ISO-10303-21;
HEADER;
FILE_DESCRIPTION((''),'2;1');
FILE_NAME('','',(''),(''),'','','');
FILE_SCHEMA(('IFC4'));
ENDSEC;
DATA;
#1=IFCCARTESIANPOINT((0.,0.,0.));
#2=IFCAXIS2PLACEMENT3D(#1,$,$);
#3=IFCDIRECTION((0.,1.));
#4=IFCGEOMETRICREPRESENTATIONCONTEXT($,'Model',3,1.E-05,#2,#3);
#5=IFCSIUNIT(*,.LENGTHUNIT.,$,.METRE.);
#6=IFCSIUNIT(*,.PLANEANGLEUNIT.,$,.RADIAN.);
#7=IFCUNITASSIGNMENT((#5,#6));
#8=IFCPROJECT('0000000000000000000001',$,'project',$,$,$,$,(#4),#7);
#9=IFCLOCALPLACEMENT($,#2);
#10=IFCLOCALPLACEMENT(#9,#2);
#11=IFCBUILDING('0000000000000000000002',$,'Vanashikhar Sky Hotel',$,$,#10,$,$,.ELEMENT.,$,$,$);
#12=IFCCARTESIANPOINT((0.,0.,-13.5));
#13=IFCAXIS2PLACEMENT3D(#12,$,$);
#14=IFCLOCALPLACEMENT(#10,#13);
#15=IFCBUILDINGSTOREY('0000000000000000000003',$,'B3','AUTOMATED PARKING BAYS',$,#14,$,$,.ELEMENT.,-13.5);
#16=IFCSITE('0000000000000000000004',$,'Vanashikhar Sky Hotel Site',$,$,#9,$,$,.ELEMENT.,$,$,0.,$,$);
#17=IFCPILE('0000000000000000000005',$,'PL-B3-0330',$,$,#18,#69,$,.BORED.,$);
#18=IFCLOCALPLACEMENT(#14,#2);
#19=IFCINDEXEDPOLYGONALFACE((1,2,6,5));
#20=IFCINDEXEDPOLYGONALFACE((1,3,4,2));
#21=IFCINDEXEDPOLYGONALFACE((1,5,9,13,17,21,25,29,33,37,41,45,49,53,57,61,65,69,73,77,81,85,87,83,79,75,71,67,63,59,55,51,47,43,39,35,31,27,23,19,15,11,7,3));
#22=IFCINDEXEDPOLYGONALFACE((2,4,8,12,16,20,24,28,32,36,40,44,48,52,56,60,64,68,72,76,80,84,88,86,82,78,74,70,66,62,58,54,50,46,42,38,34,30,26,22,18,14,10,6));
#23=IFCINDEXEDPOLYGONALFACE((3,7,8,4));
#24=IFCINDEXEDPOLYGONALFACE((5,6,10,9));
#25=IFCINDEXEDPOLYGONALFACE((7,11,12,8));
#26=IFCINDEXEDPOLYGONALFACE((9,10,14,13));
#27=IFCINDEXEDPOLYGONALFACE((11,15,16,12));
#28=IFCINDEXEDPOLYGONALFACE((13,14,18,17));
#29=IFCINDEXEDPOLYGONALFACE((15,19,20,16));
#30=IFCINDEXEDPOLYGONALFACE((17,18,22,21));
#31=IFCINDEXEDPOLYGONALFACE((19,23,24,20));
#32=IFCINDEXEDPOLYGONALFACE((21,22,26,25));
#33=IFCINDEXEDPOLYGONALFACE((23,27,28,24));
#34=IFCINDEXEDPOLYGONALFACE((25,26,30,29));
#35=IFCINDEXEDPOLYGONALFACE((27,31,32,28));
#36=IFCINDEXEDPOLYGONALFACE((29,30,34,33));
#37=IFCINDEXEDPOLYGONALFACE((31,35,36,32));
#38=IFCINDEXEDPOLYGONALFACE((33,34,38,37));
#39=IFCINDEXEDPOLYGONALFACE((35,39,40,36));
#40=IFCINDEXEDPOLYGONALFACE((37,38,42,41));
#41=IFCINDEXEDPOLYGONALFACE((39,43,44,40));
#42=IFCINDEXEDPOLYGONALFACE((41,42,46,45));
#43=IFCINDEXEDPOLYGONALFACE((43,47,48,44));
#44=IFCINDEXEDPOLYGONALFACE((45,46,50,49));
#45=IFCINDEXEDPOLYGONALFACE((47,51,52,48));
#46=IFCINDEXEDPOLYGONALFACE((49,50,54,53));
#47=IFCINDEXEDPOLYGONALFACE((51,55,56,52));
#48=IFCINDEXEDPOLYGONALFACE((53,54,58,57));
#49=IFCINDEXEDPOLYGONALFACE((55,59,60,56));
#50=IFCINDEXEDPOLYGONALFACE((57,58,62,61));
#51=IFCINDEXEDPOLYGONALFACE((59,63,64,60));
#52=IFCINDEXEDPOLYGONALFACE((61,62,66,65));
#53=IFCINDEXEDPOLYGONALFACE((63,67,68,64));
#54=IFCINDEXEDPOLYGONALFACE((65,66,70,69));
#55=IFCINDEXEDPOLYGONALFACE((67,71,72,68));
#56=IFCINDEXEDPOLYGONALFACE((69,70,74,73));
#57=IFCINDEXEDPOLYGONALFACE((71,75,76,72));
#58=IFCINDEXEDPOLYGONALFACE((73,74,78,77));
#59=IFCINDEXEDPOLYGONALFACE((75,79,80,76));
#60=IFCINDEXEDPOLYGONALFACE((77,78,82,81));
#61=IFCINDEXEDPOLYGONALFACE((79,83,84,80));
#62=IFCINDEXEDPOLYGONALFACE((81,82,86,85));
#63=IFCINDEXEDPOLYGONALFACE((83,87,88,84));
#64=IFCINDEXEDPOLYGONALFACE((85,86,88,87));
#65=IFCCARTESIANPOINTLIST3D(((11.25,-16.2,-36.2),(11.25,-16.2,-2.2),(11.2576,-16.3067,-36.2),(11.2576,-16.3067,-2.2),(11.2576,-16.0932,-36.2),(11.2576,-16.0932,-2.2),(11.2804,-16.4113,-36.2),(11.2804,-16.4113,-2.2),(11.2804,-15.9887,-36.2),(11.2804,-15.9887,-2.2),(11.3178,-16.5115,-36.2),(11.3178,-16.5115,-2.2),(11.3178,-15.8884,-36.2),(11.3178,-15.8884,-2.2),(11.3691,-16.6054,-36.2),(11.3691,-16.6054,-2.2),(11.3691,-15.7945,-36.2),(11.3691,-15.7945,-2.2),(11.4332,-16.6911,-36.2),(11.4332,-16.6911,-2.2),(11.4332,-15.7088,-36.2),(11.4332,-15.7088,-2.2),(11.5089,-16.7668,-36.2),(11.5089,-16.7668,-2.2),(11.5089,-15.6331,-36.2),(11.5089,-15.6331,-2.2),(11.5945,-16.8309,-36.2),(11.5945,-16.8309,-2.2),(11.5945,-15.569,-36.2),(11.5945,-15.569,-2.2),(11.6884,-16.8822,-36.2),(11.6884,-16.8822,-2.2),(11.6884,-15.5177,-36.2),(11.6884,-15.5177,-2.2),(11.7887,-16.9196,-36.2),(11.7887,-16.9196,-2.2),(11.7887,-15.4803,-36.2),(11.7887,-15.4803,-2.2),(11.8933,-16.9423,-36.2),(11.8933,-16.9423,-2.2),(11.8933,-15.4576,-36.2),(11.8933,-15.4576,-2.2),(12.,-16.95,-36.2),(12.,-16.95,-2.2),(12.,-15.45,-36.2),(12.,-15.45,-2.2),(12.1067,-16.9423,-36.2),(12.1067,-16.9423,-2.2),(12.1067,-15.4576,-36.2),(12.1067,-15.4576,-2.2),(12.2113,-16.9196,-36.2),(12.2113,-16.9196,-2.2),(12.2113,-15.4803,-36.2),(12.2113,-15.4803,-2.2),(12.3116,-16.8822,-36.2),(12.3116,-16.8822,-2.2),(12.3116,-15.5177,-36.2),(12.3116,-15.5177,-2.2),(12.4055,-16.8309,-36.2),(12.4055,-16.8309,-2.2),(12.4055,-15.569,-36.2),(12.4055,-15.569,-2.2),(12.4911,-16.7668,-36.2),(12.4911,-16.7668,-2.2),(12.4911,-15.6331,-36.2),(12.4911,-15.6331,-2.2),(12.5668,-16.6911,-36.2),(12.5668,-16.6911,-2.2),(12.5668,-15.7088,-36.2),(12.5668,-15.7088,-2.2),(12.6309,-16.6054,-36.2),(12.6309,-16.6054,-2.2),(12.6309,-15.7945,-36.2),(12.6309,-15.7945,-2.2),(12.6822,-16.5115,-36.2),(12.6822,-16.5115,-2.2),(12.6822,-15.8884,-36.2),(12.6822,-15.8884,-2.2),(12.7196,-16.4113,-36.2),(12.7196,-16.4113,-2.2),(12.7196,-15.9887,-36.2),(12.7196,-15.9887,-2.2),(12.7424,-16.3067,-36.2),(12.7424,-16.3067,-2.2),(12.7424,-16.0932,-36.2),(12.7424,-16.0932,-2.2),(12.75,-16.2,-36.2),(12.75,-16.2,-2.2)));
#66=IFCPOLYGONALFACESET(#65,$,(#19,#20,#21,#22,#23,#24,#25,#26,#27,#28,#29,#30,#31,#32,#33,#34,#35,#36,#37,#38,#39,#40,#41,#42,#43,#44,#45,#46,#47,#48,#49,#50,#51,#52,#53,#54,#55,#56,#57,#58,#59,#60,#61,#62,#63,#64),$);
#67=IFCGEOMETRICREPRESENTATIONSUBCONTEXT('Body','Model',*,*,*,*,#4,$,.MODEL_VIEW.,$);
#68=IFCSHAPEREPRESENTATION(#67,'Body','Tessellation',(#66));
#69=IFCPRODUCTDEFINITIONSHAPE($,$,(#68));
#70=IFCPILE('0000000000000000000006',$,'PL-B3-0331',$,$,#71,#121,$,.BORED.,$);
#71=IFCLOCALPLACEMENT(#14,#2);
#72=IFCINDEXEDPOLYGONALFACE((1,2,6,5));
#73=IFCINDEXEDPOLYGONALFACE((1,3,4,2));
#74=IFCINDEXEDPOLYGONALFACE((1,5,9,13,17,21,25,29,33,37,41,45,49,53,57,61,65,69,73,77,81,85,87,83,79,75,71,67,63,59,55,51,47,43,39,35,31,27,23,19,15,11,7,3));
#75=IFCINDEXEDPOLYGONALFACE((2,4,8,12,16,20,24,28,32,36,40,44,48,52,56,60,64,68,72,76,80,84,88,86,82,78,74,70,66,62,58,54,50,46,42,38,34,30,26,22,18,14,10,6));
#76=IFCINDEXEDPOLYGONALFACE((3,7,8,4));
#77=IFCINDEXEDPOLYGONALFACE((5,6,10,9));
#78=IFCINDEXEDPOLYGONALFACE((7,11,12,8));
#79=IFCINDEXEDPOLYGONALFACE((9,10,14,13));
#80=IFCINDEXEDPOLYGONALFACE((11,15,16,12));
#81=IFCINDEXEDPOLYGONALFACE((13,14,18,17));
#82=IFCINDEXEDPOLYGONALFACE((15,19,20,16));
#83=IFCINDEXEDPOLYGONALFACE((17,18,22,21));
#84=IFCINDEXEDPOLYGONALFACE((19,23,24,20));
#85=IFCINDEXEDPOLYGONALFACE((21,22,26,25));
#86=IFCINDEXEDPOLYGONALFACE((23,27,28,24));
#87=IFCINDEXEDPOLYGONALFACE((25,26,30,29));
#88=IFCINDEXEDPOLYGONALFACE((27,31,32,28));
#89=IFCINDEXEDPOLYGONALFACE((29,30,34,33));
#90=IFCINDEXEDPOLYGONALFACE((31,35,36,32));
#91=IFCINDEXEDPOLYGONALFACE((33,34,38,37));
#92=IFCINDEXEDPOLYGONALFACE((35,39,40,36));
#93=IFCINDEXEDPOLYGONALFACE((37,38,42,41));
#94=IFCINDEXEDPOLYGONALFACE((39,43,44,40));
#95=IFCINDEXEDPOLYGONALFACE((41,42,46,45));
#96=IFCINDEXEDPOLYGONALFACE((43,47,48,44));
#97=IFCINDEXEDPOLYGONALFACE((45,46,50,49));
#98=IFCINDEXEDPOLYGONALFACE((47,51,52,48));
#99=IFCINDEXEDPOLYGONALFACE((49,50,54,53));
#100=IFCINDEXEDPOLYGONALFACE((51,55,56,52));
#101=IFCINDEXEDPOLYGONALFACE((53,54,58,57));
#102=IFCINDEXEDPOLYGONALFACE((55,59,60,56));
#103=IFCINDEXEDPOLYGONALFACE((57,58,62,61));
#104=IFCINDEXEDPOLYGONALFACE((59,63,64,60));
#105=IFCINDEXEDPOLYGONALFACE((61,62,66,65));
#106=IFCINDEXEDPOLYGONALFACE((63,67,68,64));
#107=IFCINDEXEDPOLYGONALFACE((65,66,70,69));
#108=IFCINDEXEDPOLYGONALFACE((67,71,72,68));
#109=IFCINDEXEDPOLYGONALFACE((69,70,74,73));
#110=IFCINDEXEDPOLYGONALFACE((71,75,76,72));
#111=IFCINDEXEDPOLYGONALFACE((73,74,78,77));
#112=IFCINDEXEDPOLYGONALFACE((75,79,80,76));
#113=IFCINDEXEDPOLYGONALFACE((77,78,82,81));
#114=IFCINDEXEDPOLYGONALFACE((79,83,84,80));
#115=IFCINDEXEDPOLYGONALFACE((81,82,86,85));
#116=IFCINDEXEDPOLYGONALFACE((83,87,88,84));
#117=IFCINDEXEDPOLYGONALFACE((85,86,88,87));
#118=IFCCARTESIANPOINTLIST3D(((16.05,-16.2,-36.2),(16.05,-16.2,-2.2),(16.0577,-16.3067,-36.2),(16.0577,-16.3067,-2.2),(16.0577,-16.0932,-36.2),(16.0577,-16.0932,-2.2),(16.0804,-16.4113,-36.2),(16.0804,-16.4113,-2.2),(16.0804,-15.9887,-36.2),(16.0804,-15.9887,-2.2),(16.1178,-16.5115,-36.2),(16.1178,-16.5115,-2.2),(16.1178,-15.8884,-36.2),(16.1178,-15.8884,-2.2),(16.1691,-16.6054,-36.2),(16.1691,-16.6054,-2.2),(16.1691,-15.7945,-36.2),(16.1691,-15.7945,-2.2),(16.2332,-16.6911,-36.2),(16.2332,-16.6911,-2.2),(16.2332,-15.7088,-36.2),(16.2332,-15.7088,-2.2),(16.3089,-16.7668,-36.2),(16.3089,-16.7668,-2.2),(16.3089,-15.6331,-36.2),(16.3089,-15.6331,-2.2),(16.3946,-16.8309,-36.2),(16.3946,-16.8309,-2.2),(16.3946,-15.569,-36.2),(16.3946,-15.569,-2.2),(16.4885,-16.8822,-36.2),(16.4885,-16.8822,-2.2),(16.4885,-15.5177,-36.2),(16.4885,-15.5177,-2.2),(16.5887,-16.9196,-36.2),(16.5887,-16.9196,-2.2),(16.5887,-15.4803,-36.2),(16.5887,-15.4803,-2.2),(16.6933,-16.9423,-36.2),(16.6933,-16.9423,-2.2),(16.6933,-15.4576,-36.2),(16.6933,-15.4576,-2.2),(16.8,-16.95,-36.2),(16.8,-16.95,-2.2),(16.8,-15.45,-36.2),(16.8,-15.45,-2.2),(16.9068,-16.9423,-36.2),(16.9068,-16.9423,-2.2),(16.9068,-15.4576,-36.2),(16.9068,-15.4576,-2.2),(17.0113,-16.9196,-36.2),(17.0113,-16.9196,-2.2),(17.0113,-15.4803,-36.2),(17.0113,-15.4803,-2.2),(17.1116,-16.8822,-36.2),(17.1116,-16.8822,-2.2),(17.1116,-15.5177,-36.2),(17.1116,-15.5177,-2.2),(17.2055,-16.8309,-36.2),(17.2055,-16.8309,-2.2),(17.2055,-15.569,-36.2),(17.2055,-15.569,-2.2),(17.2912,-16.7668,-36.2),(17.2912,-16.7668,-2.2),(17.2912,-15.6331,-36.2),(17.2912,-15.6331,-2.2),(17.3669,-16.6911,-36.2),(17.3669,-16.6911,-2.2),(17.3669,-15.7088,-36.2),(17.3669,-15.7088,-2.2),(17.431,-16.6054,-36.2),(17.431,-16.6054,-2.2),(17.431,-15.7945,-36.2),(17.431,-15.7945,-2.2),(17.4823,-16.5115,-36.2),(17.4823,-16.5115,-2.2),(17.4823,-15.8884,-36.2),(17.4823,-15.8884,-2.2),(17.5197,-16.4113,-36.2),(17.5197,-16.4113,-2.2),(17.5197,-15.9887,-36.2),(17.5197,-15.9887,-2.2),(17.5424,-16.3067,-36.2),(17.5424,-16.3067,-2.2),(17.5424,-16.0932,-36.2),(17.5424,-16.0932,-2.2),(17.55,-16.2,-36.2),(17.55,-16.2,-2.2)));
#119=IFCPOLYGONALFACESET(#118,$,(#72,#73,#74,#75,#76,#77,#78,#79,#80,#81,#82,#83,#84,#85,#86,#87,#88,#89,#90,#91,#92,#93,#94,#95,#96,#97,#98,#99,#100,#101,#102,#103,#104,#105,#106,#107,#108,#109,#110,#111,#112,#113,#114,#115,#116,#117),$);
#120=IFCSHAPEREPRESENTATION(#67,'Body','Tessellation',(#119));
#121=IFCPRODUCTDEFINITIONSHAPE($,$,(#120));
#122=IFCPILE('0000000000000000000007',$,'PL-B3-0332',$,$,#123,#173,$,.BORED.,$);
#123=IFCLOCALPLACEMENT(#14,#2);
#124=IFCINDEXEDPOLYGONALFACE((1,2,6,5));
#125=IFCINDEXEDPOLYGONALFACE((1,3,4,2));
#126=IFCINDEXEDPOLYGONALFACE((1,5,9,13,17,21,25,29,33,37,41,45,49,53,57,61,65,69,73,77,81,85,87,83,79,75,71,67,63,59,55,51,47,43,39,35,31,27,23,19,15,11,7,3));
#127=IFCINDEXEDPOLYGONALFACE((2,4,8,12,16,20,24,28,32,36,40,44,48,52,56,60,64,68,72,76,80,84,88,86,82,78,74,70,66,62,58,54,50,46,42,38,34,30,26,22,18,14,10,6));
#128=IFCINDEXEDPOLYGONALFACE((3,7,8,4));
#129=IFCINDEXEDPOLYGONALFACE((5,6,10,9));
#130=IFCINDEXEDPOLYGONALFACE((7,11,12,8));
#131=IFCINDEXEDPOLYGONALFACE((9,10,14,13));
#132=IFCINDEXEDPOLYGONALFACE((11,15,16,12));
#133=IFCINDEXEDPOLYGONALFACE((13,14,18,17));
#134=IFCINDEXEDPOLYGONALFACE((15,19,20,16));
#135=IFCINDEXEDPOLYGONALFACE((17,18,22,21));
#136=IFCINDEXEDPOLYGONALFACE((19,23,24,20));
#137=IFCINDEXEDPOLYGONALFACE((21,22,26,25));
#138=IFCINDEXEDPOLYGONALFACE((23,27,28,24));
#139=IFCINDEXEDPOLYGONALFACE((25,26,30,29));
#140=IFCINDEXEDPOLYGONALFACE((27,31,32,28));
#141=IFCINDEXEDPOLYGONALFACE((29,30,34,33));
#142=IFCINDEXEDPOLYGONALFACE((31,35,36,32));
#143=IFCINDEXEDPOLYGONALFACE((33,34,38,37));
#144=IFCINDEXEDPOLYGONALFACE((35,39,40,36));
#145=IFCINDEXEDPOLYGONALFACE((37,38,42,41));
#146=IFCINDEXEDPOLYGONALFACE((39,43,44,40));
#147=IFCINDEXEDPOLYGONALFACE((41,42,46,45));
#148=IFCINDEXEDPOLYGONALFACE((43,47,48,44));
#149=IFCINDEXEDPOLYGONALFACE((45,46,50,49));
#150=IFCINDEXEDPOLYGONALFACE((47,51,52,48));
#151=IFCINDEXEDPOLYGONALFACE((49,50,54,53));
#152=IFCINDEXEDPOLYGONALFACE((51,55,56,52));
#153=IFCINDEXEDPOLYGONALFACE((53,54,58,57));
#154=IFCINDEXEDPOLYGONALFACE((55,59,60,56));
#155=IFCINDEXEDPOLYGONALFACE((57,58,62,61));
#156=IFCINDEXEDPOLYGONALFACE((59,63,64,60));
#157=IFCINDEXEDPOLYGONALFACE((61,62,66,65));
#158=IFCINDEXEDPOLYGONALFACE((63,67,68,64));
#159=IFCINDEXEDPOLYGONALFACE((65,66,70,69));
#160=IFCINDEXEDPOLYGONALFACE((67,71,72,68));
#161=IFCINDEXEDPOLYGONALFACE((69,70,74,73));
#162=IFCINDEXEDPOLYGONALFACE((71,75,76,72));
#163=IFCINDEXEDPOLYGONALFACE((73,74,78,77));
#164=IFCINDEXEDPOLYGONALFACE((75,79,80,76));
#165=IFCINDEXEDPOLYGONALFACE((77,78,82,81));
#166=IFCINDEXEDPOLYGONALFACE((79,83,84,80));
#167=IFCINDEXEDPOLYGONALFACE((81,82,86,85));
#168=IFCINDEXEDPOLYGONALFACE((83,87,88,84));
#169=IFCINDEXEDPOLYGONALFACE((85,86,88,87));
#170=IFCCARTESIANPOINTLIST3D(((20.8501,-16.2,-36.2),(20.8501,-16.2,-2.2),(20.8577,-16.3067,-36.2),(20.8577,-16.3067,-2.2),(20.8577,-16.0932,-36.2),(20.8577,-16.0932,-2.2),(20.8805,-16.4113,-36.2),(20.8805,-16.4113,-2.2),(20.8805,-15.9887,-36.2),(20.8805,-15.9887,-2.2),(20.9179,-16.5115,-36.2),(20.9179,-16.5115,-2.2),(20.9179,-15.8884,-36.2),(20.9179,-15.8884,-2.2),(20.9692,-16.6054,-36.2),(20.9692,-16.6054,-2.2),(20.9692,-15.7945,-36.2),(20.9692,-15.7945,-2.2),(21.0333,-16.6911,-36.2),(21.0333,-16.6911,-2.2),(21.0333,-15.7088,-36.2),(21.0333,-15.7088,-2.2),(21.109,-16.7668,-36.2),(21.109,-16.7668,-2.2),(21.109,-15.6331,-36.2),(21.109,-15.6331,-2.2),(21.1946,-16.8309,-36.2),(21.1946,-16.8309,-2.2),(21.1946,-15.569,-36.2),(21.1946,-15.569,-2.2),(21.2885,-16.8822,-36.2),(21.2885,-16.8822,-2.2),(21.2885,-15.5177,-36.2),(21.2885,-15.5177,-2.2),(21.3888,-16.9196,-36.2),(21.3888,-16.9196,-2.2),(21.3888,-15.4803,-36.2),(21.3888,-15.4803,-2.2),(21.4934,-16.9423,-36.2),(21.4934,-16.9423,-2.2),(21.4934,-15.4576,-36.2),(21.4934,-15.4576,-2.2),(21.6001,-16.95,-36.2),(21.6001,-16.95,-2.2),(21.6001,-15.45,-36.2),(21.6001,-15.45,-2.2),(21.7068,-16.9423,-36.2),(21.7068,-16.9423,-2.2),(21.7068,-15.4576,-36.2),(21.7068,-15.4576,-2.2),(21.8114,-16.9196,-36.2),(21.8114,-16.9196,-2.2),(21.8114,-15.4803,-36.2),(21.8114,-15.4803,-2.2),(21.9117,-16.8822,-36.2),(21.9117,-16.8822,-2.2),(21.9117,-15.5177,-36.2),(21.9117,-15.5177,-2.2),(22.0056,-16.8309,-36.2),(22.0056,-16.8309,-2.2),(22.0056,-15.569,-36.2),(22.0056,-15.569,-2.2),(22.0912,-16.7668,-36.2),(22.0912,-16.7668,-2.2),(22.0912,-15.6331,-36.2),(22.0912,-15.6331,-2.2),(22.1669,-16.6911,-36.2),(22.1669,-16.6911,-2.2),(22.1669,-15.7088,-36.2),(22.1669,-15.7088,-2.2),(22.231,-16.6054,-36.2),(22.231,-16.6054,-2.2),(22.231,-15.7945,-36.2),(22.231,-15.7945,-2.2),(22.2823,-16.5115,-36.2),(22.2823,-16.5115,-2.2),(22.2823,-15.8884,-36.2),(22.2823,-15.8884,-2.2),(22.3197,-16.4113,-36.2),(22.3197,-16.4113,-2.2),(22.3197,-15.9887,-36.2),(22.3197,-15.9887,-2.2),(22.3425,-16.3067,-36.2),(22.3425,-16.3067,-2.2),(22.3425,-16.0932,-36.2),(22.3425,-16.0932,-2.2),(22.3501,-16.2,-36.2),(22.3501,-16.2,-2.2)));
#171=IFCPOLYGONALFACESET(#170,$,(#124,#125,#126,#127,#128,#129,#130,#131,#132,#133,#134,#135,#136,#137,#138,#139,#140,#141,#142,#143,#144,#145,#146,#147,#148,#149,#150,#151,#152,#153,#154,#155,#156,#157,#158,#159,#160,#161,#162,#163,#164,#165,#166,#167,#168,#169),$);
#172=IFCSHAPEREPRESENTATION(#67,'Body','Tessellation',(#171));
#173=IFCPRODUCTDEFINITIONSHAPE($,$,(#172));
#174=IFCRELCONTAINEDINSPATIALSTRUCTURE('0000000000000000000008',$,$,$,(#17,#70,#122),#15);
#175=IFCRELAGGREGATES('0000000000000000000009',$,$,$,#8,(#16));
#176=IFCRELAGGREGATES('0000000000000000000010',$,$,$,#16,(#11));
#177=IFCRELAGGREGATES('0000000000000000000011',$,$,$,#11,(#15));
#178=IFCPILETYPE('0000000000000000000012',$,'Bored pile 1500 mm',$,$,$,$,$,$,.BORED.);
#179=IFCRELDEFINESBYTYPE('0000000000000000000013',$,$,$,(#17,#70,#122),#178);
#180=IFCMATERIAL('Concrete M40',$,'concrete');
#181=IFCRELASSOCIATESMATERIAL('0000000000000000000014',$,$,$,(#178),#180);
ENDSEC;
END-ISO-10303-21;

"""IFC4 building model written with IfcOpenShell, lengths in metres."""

from ifc_helpers import new_model, si_unit, direction, frame, origin, origin_2d, place, context, subcontext, project, spatial, circle, extrude, source, transform, mapped, material, type_object, element, save


model = new_model("IFC4")

# Units and contexts
model_context = context("Model", 3, precision=1e-05, world=origin(), true_north=direction((0.0, 1.0)))
body_context = subcontext(model_context, "Body", "Model", "MODEL_VIEW")
ifc_project = project(units=[si_unit("LENGTHUNIT", "METRE"), si_unit("PLANEANGLEUNIT", "RADIAN")], contexts=[model_context])

# Site, building, storey
site_placement = place(None, origin())
site = spatial("IfcSite", under=ifc_project, at=site_placement, Name="Vanashikhar Sky Hotel Site", CompositionType="ELEMENT", RefElevation=0.0)
building_placement = place(site_placement, origin())
building = spatial("IfcBuilding", under=site, at=building_placement, Name="Vanashikhar Sky Hotel", CompositionType="ELEMENT")
storey_placement = place(building_placement, frame((0.0, 0.0, -13.5)))
storey = spatial("IfcBuildingStorey", under=building, at=storey_placement, Name="B3", Description="AUTOMATED PARKING BAYS", CompositionType="ELEMENT", Elevation=-13.5)

# Piles
ifc_material_1 = material(Name="Concrete M40", Category="concrete")
pile_type_1 = type_object("IfcPileType", Name="Bored pile 1500 mm", PredefinedType="BORED", material=ifc_material_1)
shared_shape_1 = source(origin(), body_context, "Body", "SweptSolid", [
    extrude(circle(Radius=0.75, at=origin_2d()), origin(), (0.0, 0.0, 1.0), 34.0),
])
for number, where, z_axis, x_axis, name in (
    (1, (12.0, -16.2, -2.2), (0.0, 0.0, -1.0), (1.0, 0.0, 0.0), "PL-B3-0330"),
    (2, (16.8, -16.2, -2.2), (0.0, 0.0, -1.0), (1.0, 0.0, 0.0), "PL-B3-0331"),
    (3, (21.6001, -16.2, -2.2), (0.0, 0.0, -1.0), (1.0, 0.0, 0.0), "PL-B3-0332"),
):
    element("IfcPile", number, at=place(storey_placement, frame(where, z_axis=z_axis, x_axis=x_axis)), inside=storey, type_object=pile_type_1, Name=name, PredefinedType="BORED", context=body_context, shape_type="MappedRepresentation", body=[
        mapped(shared_shape_1, transform((0.0, 0.0, 0.0), scale=1.0)),
    ])

save(model, "model.ifc")
